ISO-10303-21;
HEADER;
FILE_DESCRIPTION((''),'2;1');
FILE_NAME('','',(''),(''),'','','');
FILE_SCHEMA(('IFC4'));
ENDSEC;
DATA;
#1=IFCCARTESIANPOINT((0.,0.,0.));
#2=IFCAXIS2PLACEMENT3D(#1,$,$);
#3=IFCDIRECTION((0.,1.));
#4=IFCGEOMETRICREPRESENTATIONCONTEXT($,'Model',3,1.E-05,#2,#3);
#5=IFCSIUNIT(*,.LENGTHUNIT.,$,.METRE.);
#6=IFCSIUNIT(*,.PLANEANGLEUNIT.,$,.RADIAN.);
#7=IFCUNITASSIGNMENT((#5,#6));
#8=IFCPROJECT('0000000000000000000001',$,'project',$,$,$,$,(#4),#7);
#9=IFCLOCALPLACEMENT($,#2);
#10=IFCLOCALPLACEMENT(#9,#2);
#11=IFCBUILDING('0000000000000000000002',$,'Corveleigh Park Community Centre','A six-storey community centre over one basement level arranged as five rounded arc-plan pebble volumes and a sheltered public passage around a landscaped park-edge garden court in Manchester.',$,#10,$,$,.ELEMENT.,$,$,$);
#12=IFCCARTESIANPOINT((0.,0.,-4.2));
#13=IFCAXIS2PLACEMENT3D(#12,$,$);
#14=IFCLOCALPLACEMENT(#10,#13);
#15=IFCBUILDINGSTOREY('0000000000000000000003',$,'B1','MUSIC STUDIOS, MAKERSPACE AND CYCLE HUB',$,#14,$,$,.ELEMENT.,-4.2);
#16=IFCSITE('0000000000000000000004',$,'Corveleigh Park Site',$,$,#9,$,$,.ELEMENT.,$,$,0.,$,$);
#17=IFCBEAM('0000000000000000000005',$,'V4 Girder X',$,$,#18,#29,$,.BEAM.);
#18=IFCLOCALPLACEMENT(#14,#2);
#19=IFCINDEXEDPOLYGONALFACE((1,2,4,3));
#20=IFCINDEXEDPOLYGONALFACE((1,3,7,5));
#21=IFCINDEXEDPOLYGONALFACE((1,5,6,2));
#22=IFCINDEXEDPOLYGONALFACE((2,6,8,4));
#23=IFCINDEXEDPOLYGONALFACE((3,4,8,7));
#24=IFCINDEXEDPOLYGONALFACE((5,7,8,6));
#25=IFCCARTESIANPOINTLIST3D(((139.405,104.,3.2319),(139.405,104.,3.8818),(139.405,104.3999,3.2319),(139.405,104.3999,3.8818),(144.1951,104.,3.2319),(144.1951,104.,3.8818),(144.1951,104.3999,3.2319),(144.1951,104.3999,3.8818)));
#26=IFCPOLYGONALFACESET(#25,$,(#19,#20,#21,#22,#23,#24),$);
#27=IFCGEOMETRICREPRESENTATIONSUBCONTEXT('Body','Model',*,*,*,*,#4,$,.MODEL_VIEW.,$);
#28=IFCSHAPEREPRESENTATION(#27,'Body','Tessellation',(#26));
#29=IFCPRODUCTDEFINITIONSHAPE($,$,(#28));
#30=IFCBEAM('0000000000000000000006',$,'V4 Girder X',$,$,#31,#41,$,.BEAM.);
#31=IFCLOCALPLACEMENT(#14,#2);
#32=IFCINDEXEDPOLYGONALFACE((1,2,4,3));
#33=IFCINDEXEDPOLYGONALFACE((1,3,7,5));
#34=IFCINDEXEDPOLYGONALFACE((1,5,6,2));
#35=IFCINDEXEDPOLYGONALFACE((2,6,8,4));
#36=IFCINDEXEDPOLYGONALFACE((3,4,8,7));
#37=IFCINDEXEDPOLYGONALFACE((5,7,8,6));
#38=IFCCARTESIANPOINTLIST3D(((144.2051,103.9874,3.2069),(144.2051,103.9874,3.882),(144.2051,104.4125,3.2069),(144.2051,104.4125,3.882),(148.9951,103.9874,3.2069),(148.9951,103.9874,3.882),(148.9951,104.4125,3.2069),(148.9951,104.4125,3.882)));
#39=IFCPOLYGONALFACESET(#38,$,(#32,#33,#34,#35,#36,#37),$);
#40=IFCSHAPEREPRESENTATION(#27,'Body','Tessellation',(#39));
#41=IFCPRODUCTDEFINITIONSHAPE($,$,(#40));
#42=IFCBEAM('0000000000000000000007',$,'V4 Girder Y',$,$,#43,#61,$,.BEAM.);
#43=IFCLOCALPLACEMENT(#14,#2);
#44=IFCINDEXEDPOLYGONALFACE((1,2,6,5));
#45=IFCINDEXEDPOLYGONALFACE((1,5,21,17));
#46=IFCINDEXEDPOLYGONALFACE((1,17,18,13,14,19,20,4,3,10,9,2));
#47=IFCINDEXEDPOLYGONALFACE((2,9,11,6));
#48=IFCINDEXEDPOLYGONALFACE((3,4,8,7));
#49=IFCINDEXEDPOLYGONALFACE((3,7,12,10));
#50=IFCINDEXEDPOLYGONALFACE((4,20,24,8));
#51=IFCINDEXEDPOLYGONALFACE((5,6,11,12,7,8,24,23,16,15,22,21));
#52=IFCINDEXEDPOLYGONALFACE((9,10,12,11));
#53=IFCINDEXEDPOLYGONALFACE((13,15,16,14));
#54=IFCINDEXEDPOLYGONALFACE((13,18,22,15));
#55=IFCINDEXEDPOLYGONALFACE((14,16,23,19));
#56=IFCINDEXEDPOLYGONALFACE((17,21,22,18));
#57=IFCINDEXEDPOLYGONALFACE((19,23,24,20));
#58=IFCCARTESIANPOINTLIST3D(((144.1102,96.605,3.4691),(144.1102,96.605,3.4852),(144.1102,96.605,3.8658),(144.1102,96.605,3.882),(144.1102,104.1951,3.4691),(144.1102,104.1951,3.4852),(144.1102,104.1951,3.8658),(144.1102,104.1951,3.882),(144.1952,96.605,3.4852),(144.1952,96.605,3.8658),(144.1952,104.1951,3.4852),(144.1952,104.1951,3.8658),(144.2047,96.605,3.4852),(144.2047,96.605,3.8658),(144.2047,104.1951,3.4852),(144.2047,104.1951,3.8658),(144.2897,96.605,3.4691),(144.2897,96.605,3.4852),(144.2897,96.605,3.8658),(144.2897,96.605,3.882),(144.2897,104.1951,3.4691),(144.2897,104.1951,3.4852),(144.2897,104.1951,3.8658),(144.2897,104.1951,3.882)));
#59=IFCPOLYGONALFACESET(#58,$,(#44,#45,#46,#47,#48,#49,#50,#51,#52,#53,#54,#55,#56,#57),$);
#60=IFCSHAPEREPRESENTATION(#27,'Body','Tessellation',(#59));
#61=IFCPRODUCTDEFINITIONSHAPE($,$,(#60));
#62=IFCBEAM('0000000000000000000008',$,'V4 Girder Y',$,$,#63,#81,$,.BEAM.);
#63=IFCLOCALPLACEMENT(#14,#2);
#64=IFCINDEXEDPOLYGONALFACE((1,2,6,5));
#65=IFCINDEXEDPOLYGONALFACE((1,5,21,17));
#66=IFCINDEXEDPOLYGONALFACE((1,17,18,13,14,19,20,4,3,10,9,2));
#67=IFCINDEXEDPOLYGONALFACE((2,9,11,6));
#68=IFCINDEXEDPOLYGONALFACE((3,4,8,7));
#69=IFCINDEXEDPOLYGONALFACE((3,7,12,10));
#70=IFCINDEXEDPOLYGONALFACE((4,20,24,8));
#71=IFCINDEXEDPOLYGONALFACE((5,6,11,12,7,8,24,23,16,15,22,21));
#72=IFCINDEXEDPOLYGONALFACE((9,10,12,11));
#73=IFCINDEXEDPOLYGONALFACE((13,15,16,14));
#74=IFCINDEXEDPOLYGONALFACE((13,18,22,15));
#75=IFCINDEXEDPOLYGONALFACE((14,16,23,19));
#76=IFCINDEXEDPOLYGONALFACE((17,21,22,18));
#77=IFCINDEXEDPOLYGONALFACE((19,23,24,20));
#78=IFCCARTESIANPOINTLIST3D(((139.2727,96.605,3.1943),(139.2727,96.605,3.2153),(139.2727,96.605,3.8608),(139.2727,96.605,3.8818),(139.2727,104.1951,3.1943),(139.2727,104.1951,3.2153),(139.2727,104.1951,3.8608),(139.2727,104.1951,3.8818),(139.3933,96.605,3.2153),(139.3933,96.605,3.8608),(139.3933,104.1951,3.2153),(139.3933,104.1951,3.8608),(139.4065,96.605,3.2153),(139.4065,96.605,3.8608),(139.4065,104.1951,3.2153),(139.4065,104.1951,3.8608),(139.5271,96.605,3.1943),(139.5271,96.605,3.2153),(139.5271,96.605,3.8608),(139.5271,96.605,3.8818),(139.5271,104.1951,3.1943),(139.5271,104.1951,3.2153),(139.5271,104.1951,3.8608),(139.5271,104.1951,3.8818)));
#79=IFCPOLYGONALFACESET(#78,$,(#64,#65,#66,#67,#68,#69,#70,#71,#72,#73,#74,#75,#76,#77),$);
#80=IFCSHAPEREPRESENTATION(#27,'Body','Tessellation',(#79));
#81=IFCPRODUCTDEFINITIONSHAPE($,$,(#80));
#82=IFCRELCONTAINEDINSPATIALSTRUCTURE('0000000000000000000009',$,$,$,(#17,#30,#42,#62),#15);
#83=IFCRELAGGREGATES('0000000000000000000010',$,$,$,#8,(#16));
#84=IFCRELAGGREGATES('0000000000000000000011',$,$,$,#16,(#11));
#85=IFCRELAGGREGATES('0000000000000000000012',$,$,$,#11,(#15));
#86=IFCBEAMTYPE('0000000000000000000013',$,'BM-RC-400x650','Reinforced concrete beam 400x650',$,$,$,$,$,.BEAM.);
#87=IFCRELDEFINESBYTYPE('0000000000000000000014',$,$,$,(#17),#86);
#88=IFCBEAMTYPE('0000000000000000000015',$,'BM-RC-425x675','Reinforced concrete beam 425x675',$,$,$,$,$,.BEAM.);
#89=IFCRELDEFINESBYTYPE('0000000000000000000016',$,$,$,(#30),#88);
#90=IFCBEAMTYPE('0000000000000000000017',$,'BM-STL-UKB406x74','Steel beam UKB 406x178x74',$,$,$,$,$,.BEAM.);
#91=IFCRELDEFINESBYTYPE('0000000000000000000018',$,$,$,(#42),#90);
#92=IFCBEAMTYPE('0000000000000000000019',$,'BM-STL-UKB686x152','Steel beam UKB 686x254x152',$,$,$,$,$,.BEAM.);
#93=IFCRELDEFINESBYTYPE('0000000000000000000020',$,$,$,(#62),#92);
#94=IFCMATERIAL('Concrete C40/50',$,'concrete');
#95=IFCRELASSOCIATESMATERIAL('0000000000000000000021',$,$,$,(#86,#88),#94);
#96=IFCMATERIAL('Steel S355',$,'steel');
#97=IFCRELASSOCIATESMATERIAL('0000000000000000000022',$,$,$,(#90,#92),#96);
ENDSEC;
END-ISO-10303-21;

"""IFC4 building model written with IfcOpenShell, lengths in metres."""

from ifc_helpers import new_model, si_unit, direction, frame, origin, origin_2d, place, context, subcontext, project, spatial, rectangle, i_section, extrude, material, material_profile, profile_set, type_object, element, save


model = new_model("IFC4")

# Units and contexts
model_context = context("Model", 3, precision=1e-05, world=origin(), true_north=direction((0.0, 1.0)))
body_context = subcontext(model_context, "Body", "Model", "MODEL_VIEW")
ifc_project = project(units=[si_unit("LENGTHUNIT", "METRE"), si_unit("PLANEANGLEUNIT", "RADIAN")], contexts=[model_context])

# Site, building, storey
site_placement = place(None, origin())
site = spatial("IfcSite", under=ifc_project, at=site_placement, Name="Corveleigh Park Site", CompositionType="ELEMENT", RefElevation=0.0)
building_placement = place(site_placement, origin())
building = spatial("IfcBuilding", under=site, at=building_placement, Name="Corveleigh Park Community Centre", Description="A six-storey community centre over one basement level arranged as five rounded arc-plan pebble volumes and a sheltered public passage around a landscaped park-edge garden court in Manchester.", CompositionType="ELEMENT")
storey_placement = place(building_placement, frame((0.0, 0.0, -4.2)))
storey = spatial("IfcBuildingStorey", under=building, at=storey_placement, Name="B1", Description="MUSIC STUDIOS, MAKERSPACE AND CYCLE HUB", CompositionType="ELEMENT", Elevation=-4.2)

# Shared definitions
ifc_material_1 = material(Name="Concrete C40/50", Category="concrete")

# Shared definitions
ifc_material_2 = material(Name="Steel S355", Category="steel")

# Beams
ifc_material_profile_1 = material_profile(ifc_material_1, rectangle(XDim=0.3999, YDim=0.6499, at=origin_2d()), Name="RC-400x650", Category="concrete")
ifc_profile_set_1 = profile_set([ifc_material_profile_1], Name="Concrete C40/50")
beam_type_1 = type_object("IfcBeamType", Name="BM-RC-400x650", Description="Reinforced concrete beam 400x650", PredefinedType="BEAM", material=ifc_profile_set_1)
beam_1_placement = place(storey_placement, frame((139.405, 104.2, 3.5569), z_axis=(1.0, 0.0, 0.0), x_axis=(0.0, 1.0, 0.0)))
element("IfcBeam", 1, at=beam_1_placement, inside=storey, type_object=beam_type_1, Name="V4 Girder X", PredefinedType="BEAM", context=body_context, shape_type="SweptSolid", body=[
    extrude(rectangle(XDim=0.3999, YDim=0.6499, at=origin_2d()), origin(), (0.0, 0.0, 1.0), 4.79),
])
ifc_material_profile_2 = material_profile(ifc_material_1, rectangle(XDim=0.425, YDim=0.675, at=origin_2d()), Name="RC-425x675", Category="concrete")
ifc_profile_set_2 = profile_set([ifc_material_profile_2], Name="Concrete C40/50")
beam_type_2 = type_object("IfcBeamType", Name="BM-RC-425x675", Description="Reinforced concrete beam 425x675", PredefinedType="BEAM", material=ifc_profile_set_2)
beam_2_placement = place(storey_placement, frame((144.2051, 104.2, 3.5444), z_axis=(1.0, 0.0, 0.0), x_axis=(0.0, 1.0, 0.0)))
element("IfcBeam", 2, at=beam_2_placement, inside=storey, type_object=beam_type_2, Name="V4 Girder X", PredefinedType="BEAM", context=body_context, shape_type="SweptSolid", body=[
    extrude(rectangle(XDim=0.425, YDim=0.675, at=origin_2d()), origin(), (0.0, 0.0, 1.0), 4.79),
])
ifc_material_profile_3 = material_profile(ifc_material_2, i_section(OverallWidth=0.1794, OverallDepth=0.4128, WebThickness=0.0095, FlangeThickness=0.0161, at=origin_2d()), Name="UKB 406x178x74", Category="steel")
ifc_profile_set_3 = profile_set([ifc_material_profile_3], Name="Steel S355")
beam_type_3 = type_object("IfcBeamType", Name="BM-STL-UKB406x74", Description="Steel beam UKB 406x178x74", PredefinedType="BEAM", material=ifc_profile_set_3)
beam_3_placement = place(storey_placement, frame((144.2, 96.605, 3.6755), z_axis=(0.0, 1.0, 0.0), x_axis=(-1.0, 0.0, 0.0)))
element("IfcBeam", 3, at=beam_3_placement, inside=storey, type_object=beam_type_3, Name="V4 Girder Y", PredefinedType="BEAM", context=body_context, shape_type="SweptSolid", body=[
    extrude(i_section(OverallWidth=0.1794, OverallDepth=0.4128, WebThickness=0.0095, FlangeThickness=0.0161, at=origin_2d()), origin(), (0.0, 0.0, 1.0), 7.5901),
])
ifc_material_profile_4 = material_profile(ifc_material_2, i_section(OverallWidth=0.2544, OverallDepth=0.6875, WebThickness=0.0132, FlangeThickness=0.021, at=origin_2d()), Name="UKB 686x254x152", Category="steel")
ifc_profile_set_4 = profile_set([ifc_material_profile_4], Name="Steel S355")
beam_type_4 = type_object("IfcBeamType", Name="BM-STL-UKB686x152", Description="Steel beam UKB 686x254x152", PredefinedType="BEAM", material=ifc_profile_set_4)
beam_4_placement = place(storey_placement, frame((139.3999, 96.605, 3.5381), z_axis=(0.0, 1.0, 0.0), x_axis=(-1.0, 0.0, 0.0)))
element("IfcBeam", 4, at=beam_4_placement, inside=storey, type_object=beam_type_4, Name="V4 Girder Y", PredefinedType="BEAM", context=body_context, shape_type="SweptSolid", body=[
    extrude(i_section(OverallWidth=0.2544, OverallDepth=0.6875, WebThickness=0.0132, FlangeThickness=0.021, at=origin_2d()), origin(), (0.0, 0.0, 1.0), 7.5901),
])

save(model, "model.ifc")
